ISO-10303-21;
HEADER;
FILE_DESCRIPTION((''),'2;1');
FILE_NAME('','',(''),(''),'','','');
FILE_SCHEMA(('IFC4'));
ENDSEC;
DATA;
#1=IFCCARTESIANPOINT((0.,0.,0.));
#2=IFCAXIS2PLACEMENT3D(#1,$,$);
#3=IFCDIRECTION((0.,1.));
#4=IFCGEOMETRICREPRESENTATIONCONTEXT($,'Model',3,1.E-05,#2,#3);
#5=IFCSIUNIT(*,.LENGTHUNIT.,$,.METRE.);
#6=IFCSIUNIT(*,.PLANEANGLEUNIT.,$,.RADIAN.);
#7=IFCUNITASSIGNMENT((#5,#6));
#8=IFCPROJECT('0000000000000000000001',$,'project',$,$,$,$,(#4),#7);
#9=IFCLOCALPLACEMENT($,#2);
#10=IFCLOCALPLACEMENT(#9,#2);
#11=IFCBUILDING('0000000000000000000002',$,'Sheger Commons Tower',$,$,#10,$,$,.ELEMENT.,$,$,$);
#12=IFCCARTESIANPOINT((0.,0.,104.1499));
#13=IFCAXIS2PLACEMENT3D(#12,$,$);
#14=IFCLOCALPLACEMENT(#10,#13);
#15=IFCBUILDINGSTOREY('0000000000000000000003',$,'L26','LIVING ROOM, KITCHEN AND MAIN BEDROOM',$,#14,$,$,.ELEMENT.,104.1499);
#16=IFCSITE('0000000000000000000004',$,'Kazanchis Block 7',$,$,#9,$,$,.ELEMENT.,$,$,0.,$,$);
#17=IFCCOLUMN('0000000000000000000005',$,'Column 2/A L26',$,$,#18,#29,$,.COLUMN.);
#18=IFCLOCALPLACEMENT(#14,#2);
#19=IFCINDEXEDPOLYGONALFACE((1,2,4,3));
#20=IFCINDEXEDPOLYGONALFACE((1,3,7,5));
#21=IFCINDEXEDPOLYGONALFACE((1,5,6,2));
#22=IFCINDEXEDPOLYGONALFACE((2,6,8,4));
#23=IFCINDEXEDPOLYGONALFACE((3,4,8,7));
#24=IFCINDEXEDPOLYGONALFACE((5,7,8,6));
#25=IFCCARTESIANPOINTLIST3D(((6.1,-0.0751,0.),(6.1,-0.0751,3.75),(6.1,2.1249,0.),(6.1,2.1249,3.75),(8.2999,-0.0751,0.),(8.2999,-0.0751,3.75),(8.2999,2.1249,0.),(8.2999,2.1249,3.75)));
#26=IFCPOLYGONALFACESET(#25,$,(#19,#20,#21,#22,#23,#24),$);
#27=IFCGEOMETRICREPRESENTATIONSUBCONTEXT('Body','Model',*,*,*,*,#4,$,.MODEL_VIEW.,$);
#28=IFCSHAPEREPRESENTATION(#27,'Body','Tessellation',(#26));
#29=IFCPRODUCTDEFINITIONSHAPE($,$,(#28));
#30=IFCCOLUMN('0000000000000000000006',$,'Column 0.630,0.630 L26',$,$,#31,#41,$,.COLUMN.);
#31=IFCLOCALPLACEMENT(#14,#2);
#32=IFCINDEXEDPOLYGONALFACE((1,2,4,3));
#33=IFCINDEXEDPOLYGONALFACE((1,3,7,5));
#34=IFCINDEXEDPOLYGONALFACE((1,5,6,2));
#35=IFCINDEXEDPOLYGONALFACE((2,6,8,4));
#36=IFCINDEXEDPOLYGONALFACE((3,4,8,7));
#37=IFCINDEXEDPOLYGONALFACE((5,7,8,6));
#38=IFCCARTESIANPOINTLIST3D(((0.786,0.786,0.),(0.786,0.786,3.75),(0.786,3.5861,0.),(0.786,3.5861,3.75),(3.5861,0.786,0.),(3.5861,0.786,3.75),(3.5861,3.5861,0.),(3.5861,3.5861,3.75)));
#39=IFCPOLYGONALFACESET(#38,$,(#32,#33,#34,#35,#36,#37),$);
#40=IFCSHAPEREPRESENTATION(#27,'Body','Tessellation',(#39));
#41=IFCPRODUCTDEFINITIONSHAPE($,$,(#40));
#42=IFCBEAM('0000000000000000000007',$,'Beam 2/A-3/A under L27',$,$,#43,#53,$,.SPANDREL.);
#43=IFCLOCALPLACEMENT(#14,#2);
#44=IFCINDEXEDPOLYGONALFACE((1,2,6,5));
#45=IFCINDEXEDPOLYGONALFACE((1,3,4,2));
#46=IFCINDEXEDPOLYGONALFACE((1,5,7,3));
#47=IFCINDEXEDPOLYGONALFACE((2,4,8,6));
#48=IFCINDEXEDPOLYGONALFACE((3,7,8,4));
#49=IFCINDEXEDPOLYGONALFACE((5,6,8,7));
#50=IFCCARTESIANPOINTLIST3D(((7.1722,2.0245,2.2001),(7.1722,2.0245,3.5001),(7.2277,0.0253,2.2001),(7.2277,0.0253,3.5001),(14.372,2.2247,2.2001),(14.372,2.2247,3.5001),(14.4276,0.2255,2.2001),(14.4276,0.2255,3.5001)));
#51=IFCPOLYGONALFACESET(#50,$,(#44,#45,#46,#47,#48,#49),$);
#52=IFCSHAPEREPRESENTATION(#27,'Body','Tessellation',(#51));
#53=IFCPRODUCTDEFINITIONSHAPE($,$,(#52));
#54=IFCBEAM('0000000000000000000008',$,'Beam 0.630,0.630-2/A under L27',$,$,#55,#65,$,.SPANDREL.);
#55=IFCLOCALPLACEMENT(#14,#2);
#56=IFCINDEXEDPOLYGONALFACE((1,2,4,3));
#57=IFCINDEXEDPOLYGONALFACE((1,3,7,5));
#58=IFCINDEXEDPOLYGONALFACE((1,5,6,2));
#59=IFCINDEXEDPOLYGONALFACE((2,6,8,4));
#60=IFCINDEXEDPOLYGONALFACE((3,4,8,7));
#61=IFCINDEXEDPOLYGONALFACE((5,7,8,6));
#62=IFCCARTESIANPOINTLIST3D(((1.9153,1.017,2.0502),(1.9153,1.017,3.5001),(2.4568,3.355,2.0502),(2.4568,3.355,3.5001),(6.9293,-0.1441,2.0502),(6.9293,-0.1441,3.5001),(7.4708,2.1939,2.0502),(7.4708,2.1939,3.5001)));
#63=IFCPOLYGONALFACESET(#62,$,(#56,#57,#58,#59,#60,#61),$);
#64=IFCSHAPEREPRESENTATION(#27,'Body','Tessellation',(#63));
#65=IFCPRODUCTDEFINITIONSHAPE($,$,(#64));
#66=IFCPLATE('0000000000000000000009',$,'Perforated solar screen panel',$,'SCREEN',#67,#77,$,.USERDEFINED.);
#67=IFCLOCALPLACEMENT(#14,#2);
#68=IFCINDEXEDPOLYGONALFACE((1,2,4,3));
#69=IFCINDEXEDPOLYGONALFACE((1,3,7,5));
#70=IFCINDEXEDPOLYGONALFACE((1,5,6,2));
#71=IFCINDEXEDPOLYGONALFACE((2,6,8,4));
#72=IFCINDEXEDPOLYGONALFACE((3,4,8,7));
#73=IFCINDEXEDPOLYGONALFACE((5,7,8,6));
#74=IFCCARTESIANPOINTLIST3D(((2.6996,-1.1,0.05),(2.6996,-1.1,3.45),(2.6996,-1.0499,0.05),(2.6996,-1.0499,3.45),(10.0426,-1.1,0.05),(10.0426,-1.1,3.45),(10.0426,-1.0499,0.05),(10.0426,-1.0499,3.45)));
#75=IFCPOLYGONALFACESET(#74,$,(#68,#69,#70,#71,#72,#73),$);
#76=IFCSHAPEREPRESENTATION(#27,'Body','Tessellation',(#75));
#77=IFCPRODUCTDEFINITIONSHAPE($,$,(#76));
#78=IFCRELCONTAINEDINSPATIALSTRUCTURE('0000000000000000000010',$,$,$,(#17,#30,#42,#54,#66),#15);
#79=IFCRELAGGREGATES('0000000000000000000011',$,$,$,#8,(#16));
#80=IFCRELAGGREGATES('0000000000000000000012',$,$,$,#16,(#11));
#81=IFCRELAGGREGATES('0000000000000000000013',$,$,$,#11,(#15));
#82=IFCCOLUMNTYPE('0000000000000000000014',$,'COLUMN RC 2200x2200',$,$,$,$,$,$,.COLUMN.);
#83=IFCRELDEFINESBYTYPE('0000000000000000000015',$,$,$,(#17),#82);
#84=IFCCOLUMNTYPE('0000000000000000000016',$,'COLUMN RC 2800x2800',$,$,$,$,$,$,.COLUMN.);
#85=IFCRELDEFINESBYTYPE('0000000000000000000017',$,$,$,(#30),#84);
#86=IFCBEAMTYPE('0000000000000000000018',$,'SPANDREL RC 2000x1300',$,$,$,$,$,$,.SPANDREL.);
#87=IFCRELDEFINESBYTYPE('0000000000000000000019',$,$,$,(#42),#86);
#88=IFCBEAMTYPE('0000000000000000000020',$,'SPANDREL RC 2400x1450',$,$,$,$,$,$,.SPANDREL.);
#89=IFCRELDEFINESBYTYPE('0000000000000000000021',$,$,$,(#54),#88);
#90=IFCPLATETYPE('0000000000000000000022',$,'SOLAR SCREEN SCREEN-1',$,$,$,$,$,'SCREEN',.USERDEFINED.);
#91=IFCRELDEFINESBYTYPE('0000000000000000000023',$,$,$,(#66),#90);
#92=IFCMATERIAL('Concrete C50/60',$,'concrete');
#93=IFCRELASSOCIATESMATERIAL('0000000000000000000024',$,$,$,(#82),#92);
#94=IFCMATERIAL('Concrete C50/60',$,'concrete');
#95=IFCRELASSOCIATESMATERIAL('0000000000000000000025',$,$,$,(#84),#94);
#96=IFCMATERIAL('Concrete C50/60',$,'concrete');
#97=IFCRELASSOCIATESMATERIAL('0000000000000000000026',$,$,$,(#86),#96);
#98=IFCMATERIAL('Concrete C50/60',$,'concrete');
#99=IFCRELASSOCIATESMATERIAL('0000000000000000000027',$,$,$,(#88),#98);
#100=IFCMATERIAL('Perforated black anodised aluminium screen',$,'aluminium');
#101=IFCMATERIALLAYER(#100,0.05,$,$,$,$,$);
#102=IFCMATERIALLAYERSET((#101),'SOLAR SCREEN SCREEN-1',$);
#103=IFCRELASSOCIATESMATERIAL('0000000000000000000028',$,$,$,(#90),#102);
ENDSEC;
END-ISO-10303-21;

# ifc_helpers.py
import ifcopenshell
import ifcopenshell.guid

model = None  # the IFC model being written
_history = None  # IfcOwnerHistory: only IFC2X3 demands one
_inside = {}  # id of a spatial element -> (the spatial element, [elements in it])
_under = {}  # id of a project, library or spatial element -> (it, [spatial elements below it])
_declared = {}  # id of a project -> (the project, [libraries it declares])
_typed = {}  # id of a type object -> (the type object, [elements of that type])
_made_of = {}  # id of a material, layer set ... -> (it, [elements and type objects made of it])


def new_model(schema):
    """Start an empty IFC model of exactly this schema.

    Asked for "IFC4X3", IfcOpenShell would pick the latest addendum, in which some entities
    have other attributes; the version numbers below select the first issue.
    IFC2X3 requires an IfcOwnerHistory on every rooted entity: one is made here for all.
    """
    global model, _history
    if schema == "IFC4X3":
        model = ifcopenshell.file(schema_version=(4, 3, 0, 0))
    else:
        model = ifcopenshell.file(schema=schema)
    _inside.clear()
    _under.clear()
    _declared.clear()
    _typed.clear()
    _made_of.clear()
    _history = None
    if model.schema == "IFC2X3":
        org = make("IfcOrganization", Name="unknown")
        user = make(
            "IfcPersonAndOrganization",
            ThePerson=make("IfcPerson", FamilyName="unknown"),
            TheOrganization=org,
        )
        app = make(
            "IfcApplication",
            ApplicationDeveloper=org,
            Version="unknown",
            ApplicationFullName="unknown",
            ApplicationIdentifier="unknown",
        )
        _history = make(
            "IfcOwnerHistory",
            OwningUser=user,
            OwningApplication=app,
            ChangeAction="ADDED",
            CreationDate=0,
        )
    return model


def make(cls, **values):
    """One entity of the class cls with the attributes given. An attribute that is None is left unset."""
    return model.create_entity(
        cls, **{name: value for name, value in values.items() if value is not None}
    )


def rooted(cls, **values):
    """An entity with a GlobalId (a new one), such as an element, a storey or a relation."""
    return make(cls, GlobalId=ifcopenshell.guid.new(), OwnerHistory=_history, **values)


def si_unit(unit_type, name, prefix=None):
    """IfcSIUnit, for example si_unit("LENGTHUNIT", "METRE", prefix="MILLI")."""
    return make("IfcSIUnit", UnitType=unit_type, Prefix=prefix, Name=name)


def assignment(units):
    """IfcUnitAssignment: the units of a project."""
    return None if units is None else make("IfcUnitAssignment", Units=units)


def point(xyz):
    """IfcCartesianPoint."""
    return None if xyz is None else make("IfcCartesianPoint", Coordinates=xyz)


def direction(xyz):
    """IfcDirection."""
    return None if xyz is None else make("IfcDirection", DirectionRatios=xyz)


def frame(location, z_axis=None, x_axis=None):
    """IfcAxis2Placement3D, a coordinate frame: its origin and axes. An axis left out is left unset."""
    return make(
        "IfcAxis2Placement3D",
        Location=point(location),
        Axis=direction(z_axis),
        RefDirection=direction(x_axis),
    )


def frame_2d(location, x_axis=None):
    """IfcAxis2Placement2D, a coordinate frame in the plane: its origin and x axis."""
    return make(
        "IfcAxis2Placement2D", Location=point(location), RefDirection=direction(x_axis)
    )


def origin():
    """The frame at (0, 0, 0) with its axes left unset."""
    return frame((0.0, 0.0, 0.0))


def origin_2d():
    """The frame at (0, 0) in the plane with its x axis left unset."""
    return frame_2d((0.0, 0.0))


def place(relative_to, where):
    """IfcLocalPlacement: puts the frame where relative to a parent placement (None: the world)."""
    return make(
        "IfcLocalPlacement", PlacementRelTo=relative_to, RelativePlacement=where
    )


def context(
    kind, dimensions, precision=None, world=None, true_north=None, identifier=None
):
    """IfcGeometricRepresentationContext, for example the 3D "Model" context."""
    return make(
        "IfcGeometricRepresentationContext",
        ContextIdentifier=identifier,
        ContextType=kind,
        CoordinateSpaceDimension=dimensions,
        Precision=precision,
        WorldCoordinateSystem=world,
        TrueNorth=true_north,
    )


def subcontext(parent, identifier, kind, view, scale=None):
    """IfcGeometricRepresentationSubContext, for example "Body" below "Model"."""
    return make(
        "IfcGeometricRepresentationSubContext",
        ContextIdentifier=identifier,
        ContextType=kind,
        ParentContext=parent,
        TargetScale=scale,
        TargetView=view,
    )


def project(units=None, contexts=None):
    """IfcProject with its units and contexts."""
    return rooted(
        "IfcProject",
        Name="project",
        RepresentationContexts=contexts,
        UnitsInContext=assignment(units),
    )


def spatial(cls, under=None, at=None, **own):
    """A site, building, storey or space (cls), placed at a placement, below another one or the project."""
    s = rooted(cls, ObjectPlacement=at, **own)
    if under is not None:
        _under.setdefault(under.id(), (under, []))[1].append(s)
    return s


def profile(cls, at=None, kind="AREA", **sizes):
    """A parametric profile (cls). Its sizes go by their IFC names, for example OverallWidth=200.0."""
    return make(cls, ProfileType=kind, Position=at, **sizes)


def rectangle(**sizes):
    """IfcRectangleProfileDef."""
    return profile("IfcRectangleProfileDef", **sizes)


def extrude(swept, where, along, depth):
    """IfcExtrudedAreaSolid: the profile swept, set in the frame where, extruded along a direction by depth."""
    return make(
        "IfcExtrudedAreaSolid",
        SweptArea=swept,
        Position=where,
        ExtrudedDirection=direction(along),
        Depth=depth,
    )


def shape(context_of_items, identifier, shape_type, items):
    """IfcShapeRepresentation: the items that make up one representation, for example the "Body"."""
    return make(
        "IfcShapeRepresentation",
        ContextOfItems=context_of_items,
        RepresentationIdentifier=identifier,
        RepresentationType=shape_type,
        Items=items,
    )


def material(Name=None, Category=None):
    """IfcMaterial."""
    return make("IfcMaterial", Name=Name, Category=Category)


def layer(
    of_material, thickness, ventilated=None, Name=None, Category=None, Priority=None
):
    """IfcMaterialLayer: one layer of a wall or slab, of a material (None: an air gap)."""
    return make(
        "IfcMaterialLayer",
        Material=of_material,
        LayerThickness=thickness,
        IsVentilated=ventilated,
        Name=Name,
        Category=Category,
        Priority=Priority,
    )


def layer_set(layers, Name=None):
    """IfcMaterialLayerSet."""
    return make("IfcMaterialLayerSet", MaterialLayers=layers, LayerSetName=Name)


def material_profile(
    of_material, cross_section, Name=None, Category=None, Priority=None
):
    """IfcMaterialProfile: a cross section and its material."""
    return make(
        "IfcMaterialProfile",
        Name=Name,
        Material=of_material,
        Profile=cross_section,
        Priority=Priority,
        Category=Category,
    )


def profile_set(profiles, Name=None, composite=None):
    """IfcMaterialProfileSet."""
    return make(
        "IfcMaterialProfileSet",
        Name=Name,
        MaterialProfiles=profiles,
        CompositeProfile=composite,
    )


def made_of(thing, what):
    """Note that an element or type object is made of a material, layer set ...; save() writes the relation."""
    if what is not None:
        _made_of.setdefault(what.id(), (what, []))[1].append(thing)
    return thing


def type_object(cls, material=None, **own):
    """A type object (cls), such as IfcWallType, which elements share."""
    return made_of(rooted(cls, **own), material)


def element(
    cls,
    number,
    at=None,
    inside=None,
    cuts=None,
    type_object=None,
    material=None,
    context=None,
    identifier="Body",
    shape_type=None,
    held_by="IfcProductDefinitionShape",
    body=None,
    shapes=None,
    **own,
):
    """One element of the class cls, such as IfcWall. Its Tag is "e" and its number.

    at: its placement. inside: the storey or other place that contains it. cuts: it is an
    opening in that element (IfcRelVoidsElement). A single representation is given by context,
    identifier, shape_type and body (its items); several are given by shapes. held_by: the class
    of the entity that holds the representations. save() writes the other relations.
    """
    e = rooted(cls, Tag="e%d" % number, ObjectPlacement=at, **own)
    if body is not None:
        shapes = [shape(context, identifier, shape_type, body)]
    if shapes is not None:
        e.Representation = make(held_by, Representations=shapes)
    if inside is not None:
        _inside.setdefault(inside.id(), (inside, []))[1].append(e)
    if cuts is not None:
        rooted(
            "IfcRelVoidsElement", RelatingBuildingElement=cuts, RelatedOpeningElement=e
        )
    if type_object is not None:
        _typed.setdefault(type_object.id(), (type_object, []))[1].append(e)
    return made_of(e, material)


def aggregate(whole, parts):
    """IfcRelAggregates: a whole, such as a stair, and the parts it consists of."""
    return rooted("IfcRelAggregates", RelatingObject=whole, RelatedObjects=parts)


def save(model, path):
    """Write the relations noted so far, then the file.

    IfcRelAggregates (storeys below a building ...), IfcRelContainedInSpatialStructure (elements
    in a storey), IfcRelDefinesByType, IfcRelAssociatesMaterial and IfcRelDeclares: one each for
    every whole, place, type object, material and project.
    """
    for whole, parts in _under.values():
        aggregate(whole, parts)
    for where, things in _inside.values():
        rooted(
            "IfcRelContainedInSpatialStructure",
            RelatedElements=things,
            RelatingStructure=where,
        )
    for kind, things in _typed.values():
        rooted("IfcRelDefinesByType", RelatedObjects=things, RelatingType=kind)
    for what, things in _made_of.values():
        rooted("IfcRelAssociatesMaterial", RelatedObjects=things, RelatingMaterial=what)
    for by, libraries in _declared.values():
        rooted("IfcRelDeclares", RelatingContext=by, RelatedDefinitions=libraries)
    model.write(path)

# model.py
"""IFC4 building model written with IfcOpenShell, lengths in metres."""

from ifc_helpers import new_model, si_unit, direction, frame, origin, origin_2d, place, context, subcontext, project, spatial, rectangle, extrude, material, layer, layer_set, material_profile, profile_set, type_object, element, save


model = new_model("IFC4")

# Units and contexts
model_context = context("Model", 3, precision=1e-05, world=origin(), true_north=direction((0.0, 1.0)))
body_context = subcontext(model_context, "Body", "Model", "MODEL_VIEW")
ifc_project = project(units=[si_unit("LENGTHUNIT", "METRE"), si_unit("PLANEANGLEUNIT", "RADIAN")], contexts=[model_context])

# Site, building, storey
site_placement = place(None, origin())
site = spatial("IfcSite", under=ifc_project, at=site_placement, Name="Kazanchis Block 7", CompositionType="ELEMENT", RefElevation=0.0)
building_placement = place(site_placement, origin())
building = spatial("IfcBuilding", under=site, at=building_placement, Name="Sheger Commons Tower", CompositionType="ELEMENT")
storey_placement = place(building_placement, frame((0.0, 0.0, 104.1499)))
storey = spatial("IfcBuildingStorey", under=building, at=storey_placement, Name="L26", Description="LIVING ROOM, KITCHEN AND MAIN BEDROOM", CompositionType="ELEMENT", Elevation=104.1499)

# Columns
ifc_material_1 = material(Name="Concrete C50/60", Category="concrete")
ifc_material_profile_1 = material_profile(ifc_material_1, rectangle(XDim=2.2, YDim=2.2, at=origin_2d()), Name="RC 2200x2200")
ifc_profile_set_1 = profile_set([ifc_material_profile_1], Name="Concrete C50/60")
column_type_1 = type_object("IfcColumnType", Name="COLUMN RC 2200x2200", PredefinedType="COLUMN", material=ifc_profile_set_1)
column_1_placement = place(storey_placement, frame((7.2, 1.0249, 0.0), z_axis=(0.0, 0.0, 1.0), x_axis=(1.0, 0.0, 0.0)))
element("IfcColumn", 1, at=column_1_placement, inside=storey, type_object=column_type_1, Name="Column 2/A L26", PredefinedType="COLUMN", context=body_context, shape_type="SweptSolid", body=[
    extrude(rectangle(XDim=2.2, YDim=2.2, at=origin_2d()), origin(), (0.0, 0.0, 1.0), 3.75),
])
ifc_material_2 = material(Name="Concrete C50/60", Category="concrete")
ifc_material_profile_2 = material_profile(ifc_material_2, rectangle(XDim=2.8, YDim=2.8, at=origin_2d()), Name="RC 2800x2800")
ifc_profile_set_2 = profile_set([ifc_material_profile_2], Name="Concrete C50/60")
column_type_2 = type_object("IfcColumnType", Name="COLUMN RC 2800x2800", PredefinedType="COLUMN", material=ifc_profile_set_2)
column_2_placement = place(storey_placement, frame((2.186, 2.186, 0.0), z_axis=(0.0, 0.0, 1.0), x_axis=(1.0, 0.0, 0.0)))
element("IfcColumn", 2, at=column_2_placement, inside=storey, type_object=column_type_2, Name="Column 0.630,0.630 L26", PredefinedType="COLUMN", context=body_context, shape_type="SweptSolid", body=[
    extrude(rectangle(XDim=2.8, YDim=2.8, at=origin_2d()), origin(), (0.0, 0.0, 1.0), 3.75),
])

# Beams
ifc_material_3 = material(Name="Concrete C50/60", Category="concrete")
ifc_material_profile_3 = material_profile(ifc_material_3, rectangle(XDim=2.0, YDim=1.3, at=origin_2d()), Name="RC 2000x1300")
ifc_profile_set_3 = profile_set([ifc_material_profile_3], Name="Concrete C50/60")
beam_type_1 = type_object("IfcBeamType", Name="SPANDREL RC 2000x1300", PredefinedType="SPANDREL", material=ifc_profile_set_3)
beam_1_placement = place(storey_placement, frame((7.2, 1.0249, 2.8501), z_axis=(0.999614, 0.027794, 0.0), x_axis=(-0.027794, 0.999614, 0.0)))
element("IfcBeam", 3, at=beam_1_placement, inside=storey, type_object=beam_type_1, Name="Beam 2/A-3/A under L27", PredefinedType="SPANDREL", context=body_context, shape_type="SweptSolid", body=[
    extrude(rectangle(XDim=2.0, YDim=1.3, at=origin_2d()), origin(), (0.0, 0.0, 1.0), 7.2026),
])
ifc_material_4 = material(Name="Concrete C50/60", Category="concrete")
ifc_material_profile_4 = material_profile(ifc_material_4, rectangle(XDim=2.3999, YDim=1.45, at=origin_2d()), Name="RC 2400x1450")
ifc_profile_set_4 = profile_set([ifc_material_profile_4], Name="Concrete C50/60")
beam_type_2 = type_object("IfcBeamType", Name="SPANDREL RC 2400x1450", PredefinedType="SPANDREL", material=ifc_profile_set_4)
beam_2_placement = place(storey_placement, frame((2.186, 2.186, 2.7751), z_axis=(0.974217, -0.225611, 0.0), x_axis=(0.225611, 0.974217, 0.0)))
element("IfcBeam", 4, at=beam_2_placement, inside=storey, type_object=beam_type_2, Name="Beam 0.630,0.630-2/A under L27", PredefinedType="SPANDREL", context=body_context, shape_type="SweptSolid", body=[
    extrude(rectangle(XDim=2.3999, YDim=1.45, at=origin_2d()), origin(), (0.0, 0.0, 1.0), 5.1467),
])

# Plate
ifc_material_5 = material(Name="Perforated black anodised aluminium screen", Category="aluminium")
ifc_layer_1 = layer(ifc_material_5, 0.05)
ifc_layer_set_1 = layer_set([ifc_layer_1], Name="SOLAR SCREEN SCREEN-1")
plate_type = type_object("IfcPlateType", Name="SOLAR SCREEN SCREEN-1", ElementType="SCREEN", PredefinedType="USERDEFINED", material=ifc_layer_set_1)
plate_placement = place(storey_placement, frame((6.3711, -1.075, 0.05), z_axis=(0.0, 0.0, 1.0), x_axis=(1.0, 0.0, 0.0)))
element("IfcPlate", 5, at=plate_placement, inside=storey, type_object=plate_type, Name="Perforated solar screen panel", ObjectType="SCREEN", PredefinedType="USERDEFINED", context=body_context, shape_type="SweptSolid", body=[
    extrude(rectangle(XDim=7.343, YDim=0.05, at=origin_2d()), origin(), (0.0, 0.0, 1.0), 3.3999),
])

save(model, "model.ifc")
